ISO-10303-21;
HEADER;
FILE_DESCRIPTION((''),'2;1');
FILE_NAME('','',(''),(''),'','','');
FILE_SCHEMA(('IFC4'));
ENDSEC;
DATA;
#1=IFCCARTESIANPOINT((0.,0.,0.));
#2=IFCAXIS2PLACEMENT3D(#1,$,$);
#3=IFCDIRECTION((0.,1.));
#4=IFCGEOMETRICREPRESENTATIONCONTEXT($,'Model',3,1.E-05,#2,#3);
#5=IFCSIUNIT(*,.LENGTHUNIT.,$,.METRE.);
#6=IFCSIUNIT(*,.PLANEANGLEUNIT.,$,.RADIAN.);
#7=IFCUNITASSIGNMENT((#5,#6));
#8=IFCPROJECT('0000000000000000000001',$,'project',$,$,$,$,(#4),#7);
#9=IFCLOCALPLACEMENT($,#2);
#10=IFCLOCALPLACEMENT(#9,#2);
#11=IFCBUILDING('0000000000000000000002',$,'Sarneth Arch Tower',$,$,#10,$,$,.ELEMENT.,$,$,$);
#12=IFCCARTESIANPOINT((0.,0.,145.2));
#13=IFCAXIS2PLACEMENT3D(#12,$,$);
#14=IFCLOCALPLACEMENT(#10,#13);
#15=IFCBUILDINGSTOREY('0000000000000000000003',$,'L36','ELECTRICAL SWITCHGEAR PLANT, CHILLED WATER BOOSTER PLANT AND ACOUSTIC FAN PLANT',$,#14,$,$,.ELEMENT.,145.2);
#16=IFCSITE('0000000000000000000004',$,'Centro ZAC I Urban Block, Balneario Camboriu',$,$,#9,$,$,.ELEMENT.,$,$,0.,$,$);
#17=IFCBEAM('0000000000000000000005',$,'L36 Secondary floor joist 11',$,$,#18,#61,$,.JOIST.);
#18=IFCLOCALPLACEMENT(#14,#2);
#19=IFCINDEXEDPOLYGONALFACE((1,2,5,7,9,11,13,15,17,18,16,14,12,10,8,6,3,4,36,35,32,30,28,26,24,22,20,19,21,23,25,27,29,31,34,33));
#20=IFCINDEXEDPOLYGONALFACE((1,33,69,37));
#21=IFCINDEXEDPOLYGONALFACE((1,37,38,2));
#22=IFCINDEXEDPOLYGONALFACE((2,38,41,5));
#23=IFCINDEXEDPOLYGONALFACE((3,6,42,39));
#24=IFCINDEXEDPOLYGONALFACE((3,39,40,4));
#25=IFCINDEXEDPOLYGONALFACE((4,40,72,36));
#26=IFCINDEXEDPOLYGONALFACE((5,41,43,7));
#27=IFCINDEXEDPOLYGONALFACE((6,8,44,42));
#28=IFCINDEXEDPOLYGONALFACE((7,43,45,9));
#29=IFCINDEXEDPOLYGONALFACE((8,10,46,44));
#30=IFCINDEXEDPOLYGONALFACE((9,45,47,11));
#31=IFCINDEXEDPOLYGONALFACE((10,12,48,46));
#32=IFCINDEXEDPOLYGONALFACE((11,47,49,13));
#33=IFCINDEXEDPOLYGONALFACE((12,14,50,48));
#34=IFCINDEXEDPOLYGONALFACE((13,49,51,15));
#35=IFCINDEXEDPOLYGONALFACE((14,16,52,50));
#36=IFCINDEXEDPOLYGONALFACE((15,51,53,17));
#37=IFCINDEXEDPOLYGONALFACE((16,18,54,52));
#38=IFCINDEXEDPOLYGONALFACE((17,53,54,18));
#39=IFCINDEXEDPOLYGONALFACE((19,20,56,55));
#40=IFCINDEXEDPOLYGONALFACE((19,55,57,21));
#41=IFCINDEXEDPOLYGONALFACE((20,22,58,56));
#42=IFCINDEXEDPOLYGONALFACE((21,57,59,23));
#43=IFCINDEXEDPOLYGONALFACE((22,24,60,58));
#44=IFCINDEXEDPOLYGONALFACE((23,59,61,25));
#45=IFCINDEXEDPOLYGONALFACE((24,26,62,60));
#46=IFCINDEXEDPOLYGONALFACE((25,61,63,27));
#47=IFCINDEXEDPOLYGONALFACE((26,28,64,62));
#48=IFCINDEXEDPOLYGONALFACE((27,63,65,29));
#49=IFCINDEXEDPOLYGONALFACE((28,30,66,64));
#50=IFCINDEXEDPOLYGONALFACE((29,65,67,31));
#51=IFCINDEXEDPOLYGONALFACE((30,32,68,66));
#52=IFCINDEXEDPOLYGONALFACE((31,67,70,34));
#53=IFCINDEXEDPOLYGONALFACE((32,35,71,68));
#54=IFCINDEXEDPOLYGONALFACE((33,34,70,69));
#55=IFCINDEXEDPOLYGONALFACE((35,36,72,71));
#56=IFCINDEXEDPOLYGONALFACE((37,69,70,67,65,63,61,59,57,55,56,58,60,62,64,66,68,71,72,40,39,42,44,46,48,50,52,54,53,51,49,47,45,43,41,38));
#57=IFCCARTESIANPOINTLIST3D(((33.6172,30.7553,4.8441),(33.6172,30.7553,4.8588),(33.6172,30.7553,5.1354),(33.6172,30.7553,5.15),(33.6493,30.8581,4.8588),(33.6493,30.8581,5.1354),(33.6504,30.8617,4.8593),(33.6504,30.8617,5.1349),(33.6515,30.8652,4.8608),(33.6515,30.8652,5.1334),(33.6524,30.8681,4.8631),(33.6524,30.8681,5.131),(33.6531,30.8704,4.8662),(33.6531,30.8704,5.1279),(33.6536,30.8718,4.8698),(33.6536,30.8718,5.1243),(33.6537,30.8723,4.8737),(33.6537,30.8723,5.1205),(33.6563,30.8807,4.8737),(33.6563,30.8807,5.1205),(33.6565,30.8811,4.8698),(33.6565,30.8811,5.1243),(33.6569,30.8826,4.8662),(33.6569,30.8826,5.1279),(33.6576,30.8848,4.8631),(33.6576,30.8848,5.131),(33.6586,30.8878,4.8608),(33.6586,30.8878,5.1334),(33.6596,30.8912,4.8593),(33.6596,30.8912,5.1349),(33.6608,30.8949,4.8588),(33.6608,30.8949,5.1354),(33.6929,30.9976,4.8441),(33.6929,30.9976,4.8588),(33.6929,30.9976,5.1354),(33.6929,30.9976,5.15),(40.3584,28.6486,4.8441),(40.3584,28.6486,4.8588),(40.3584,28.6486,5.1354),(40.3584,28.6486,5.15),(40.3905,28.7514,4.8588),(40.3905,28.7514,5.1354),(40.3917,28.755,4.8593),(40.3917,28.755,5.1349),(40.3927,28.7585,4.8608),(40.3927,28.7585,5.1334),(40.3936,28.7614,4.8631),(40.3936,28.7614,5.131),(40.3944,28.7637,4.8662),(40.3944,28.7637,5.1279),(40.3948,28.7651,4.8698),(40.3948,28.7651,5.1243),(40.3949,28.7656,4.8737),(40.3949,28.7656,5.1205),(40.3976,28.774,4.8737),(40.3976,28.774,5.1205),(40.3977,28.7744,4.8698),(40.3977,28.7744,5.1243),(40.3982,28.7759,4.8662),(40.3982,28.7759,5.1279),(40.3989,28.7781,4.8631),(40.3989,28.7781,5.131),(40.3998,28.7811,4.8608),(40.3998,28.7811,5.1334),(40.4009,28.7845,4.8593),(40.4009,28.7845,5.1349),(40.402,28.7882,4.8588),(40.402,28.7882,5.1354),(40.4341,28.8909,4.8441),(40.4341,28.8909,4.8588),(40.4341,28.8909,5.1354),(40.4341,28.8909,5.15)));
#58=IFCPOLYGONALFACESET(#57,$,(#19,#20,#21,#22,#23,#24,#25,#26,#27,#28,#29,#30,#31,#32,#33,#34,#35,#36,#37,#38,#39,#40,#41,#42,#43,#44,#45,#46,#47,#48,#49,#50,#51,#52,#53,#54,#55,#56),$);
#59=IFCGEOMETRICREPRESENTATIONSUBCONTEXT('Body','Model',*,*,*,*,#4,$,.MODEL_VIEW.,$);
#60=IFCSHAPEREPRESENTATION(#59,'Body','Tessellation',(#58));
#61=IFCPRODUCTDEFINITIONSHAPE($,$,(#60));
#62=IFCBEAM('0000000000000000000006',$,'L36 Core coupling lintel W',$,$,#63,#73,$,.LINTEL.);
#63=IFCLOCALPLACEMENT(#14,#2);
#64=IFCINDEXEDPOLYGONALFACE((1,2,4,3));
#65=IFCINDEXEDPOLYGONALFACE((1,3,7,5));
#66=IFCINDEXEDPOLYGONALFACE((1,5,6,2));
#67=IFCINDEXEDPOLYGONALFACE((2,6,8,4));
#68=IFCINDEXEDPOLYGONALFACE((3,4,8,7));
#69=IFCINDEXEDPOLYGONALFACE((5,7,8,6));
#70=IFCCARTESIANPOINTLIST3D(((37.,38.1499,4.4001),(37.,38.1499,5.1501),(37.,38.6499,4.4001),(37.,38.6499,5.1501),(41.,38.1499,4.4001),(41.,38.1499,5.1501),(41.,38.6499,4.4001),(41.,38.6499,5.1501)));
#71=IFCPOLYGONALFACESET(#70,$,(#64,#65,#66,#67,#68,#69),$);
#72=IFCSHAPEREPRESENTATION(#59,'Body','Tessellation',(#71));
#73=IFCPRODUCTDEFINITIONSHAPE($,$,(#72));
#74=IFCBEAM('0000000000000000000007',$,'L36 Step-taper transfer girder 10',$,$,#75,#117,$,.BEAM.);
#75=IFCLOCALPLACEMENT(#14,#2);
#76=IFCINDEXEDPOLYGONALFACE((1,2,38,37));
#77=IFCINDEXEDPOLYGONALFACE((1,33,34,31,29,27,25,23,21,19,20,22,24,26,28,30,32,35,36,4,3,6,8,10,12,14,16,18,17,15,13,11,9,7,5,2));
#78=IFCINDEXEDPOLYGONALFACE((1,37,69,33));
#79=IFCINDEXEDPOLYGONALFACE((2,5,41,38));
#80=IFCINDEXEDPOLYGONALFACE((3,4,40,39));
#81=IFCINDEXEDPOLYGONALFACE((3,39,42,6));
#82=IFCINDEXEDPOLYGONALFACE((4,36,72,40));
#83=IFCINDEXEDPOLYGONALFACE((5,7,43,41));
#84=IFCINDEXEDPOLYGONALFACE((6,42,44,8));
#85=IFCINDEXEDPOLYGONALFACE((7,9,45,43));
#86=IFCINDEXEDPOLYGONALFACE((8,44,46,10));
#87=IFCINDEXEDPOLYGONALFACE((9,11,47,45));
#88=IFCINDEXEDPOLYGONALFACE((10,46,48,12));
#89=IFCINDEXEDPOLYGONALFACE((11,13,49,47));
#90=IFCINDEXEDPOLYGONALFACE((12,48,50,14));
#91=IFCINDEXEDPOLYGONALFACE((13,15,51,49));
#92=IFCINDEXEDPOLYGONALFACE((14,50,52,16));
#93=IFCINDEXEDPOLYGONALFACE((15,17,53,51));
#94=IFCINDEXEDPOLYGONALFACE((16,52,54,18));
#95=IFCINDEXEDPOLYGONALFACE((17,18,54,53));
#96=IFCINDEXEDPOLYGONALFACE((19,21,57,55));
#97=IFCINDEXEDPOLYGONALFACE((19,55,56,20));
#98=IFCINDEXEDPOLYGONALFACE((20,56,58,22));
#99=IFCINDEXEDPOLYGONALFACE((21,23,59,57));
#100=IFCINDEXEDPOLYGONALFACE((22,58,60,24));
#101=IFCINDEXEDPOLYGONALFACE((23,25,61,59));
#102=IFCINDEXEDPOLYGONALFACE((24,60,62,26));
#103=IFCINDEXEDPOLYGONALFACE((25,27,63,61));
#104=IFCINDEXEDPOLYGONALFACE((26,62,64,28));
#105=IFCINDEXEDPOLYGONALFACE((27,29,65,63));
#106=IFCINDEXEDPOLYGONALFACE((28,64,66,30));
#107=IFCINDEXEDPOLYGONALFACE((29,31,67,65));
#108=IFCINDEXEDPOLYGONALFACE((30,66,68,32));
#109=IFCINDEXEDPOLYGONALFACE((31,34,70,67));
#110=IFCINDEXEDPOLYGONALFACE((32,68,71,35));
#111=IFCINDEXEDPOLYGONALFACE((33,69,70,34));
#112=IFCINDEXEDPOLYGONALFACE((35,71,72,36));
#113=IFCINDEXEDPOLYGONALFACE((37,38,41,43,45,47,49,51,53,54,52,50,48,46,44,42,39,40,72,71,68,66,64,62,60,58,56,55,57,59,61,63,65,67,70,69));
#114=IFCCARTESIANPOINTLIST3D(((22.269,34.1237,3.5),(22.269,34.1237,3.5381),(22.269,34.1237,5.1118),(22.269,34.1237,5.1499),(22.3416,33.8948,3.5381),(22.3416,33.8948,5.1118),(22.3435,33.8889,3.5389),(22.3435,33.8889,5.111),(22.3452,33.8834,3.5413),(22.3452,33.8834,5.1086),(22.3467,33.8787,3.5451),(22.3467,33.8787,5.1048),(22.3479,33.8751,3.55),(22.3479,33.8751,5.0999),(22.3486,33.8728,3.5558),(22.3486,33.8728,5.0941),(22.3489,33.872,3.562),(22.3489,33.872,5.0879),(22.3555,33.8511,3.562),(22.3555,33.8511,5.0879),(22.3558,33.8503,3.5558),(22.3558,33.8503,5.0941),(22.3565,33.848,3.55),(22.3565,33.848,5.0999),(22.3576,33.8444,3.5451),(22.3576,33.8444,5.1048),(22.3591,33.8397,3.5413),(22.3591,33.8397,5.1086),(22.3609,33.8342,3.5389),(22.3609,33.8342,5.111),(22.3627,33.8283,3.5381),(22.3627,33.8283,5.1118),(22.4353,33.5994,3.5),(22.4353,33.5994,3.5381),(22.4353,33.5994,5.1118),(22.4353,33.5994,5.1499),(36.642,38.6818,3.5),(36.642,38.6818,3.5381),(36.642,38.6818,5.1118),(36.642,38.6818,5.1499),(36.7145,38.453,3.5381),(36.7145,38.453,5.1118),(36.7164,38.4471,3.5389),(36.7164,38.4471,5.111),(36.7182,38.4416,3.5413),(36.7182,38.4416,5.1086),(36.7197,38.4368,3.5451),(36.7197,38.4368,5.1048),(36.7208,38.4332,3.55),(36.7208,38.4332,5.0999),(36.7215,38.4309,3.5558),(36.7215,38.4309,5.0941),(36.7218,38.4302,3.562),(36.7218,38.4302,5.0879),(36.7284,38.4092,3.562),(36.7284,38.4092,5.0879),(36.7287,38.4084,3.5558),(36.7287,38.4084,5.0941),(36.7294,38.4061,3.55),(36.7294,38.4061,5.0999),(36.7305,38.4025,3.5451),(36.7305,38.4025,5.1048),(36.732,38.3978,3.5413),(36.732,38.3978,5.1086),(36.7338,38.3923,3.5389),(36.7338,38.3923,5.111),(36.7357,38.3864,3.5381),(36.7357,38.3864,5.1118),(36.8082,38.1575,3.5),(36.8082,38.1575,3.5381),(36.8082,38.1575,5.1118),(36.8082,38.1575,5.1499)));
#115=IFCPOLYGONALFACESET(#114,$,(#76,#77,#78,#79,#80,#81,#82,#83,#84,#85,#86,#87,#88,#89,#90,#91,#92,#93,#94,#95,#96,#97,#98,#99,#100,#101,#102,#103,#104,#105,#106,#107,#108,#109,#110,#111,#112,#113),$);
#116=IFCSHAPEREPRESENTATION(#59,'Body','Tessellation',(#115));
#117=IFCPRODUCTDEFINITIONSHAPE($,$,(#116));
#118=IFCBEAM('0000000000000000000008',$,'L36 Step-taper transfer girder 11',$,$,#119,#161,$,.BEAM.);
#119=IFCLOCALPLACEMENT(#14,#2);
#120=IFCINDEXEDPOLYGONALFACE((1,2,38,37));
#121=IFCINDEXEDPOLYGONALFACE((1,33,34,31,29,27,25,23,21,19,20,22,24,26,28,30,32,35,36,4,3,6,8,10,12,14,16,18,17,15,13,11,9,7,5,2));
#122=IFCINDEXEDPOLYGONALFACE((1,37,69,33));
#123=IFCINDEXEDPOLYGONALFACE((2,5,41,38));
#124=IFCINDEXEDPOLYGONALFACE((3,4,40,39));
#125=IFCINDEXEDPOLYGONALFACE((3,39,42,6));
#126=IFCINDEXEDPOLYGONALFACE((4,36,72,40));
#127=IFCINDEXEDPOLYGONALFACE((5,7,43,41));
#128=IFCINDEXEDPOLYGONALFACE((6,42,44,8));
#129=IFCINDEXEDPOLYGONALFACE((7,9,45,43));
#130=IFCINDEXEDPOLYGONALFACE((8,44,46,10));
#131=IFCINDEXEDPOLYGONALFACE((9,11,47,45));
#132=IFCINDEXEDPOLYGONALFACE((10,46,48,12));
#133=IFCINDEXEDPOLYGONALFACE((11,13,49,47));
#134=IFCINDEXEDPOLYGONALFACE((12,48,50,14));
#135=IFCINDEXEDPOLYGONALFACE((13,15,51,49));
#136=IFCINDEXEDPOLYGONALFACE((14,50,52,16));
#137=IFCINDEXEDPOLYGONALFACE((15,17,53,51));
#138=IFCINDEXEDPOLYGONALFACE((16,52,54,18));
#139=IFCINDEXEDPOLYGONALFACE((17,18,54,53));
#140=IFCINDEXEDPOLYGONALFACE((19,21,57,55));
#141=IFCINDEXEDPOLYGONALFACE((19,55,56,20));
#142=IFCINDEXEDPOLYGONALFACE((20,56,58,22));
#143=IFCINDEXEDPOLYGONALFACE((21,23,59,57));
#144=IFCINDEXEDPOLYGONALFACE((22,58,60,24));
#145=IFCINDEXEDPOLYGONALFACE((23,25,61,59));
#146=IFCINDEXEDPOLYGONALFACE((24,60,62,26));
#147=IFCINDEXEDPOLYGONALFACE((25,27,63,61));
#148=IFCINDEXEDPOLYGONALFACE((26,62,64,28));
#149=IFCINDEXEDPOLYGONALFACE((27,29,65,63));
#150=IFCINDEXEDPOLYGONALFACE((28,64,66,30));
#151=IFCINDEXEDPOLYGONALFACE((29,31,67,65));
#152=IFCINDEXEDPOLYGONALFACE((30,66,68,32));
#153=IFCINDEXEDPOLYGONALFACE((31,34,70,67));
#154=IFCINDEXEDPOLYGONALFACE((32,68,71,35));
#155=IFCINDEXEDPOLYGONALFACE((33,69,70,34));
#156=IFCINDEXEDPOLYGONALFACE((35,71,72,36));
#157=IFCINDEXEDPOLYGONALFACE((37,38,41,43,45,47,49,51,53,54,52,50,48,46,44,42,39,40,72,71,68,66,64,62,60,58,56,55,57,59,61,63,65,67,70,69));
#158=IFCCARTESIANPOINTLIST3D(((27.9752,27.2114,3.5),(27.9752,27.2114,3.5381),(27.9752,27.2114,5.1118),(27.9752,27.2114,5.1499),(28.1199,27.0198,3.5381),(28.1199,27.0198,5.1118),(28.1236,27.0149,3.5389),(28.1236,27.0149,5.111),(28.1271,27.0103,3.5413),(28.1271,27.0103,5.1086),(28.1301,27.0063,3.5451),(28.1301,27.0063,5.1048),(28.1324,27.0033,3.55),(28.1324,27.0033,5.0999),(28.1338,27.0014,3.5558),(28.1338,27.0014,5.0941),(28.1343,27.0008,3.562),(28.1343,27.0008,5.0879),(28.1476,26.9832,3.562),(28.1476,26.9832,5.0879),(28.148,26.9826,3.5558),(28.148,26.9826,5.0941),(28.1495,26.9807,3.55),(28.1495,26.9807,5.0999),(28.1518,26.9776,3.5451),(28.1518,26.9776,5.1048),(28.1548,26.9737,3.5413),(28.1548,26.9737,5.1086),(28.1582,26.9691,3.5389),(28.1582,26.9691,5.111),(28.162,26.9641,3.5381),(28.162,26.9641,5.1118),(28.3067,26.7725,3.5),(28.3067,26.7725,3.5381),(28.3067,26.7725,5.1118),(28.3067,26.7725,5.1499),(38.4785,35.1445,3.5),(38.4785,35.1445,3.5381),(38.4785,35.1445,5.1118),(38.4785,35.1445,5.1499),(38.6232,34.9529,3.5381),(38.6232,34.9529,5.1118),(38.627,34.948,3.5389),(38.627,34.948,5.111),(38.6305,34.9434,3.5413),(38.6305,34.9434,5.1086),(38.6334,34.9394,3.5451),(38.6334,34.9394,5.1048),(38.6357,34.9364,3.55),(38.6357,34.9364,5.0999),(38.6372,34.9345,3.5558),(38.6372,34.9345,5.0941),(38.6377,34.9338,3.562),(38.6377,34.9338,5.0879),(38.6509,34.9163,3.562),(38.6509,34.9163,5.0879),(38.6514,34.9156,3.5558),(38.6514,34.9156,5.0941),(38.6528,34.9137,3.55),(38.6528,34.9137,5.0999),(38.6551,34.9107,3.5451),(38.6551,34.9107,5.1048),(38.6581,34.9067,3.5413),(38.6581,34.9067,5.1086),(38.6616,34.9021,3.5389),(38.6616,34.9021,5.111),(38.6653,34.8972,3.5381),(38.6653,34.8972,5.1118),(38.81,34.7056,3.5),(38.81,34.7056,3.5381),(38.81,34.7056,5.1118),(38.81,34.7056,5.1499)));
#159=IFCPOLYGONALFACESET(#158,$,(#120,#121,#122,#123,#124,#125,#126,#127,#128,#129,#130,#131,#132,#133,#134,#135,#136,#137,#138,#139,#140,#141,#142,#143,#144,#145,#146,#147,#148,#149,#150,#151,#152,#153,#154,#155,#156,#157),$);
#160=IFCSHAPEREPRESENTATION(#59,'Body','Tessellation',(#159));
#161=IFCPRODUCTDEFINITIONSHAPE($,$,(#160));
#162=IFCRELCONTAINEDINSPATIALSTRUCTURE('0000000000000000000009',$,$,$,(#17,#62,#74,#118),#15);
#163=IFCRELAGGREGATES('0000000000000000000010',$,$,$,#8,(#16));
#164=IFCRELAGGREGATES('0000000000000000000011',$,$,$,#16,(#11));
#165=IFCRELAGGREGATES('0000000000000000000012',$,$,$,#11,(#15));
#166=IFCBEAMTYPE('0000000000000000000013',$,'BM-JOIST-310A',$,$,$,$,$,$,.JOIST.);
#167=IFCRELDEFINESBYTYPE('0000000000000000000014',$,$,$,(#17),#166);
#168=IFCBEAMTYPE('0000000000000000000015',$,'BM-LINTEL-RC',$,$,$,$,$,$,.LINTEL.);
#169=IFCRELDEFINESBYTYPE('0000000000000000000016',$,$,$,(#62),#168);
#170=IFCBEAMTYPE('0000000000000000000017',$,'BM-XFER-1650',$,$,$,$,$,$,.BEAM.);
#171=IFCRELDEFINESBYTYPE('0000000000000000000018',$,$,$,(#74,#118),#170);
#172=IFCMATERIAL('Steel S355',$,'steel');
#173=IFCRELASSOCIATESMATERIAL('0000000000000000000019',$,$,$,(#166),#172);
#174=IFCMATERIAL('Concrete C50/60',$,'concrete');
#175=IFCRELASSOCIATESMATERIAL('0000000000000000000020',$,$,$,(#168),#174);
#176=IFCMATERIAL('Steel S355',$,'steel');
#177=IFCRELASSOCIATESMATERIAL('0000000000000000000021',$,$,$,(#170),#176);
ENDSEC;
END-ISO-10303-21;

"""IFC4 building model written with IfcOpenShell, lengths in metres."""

from ifc_helpers import new_model, si_unit, direction, frame, origin, origin_2d, place, context, subcontext, project, spatial, rectangle, i_section, extrude, material, material_profile, profile_set, type_object, element, save


model = new_model("IFC4")

# Units and contexts
model_context = context("Model", 3, precision=1e-05, world=origin(), true_north=direction((0.0, 1.0)))
body_context = subcontext(model_context, "Body", "Model", "MODEL_VIEW")
ifc_project = project(units=[si_unit("LENGTHUNIT", "METRE"), si_unit("PLANEANGLEUNIT", "RADIAN")], contexts=[model_context])

# Site, building, storey
site_placement = place(None, origin())
site = spatial("IfcSite", under=ifc_project, at=site_placement, Name="Centro ZAC I Urban Block, Balneario Camboriu", CompositionType="ELEMENT", RefElevation=0.0)
building_placement = place(site_placement, origin())
building = spatial("IfcBuilding", under=site, at=building_placement, Name="Sarneth Arch Tower", CompositionType="ELEMENT")
storey_placement = place(building_placement, frame((0.0, 0.0, 145.2)))
storey = spatial("IfcBuildingStorey", under=building, at=storey_placement, Name="L36", Description="ELECTRICAL SWITCHGEAR PLANT, CHILLED WATER BOOSTER PLANT AND ACOUSTIC FAN PLANT", CompositionType="ELEMENT", Elevation=145.2)

# Beams
ifc_material_1 = material(Name="Steel S355", Category="steel")
ifc_material_profile_1 = material_profile(ifc_material_1, i_section(OverallWidth=0.2539, OverallDepth=0.3059, WebThickness=0.0088, FlangeThickness=0.0146, FilletRadius=0.0149, at=origin_2d()), Name="W310x79")
ifc_profile_set_1 = profile_set([ifc_material_profile_1], Name="Steel S355")
beam_type_1 = type_object("IfcBeamType", Name="BM-JOIST-310A", PredefinedType="JOIST", material=ifc_profile_set_1)
beam_1_placement = place(storey_placement, frame((33.655, 30.8765, 4.9971), z_axis=(0.954478, -0.298283, 0.0), x_axis=(0.298283, 0.954478, 0.0)))
element("IfcBeam", 1, at=beam_1_placement, inside=storey, type_object=beam_type_1, Name="L36 Secondary floor joist 11", PredefinedType="JOIST", context=body_context, shape_type="SweptSolid", body=[
    extrude(i_section(OverallWidth=0.2539, OverallDepth=0.3059, WebThickness=0.0088, FlangeThickness=0.0146, FilletRadius=0.0149, at=origin_2d()), origin(), (0.0, 0.0, 1.0), 7.0627),
])
ifc_material_2 = material(Name="Concrete C50/60", Category="concrete")
ifc_material_profile_2 = material_profile(ifc_material_2, rectangle(XDim=0.5, YDim=0.75, at=origin_2d()), Name="RC-500x750")
ifc_profile_set_2 = profile_set([ifc_material_profile_2], Name="Concrete C50/60")
beam_type_2 = type_object("IfcBeamType", Name="BM-LINTEL-RC", PredefinedType="LINTEL", material=ifc_profile_set_2)
beam_2_placement = place(storey_placement, frame((37.0, 38.3999, 4.7751), z_axis=(1.0, 0.0, 0.0), x_axis=(0.0, 1.0, 0.0)))
element("IfcBeam", 2, at=beam_2_placement, inside=storey, type_object=beam_type_2, Name="L36 Core coupling lintel W", PredefinedType="LINTEL", context=body_context, shape_type="SweptSolid", body=[
    extrude(rectangle(XDim=0.5, YDim=0.75, at=origin_2d()), origin(), (0.0, 0.0, 1.0), 4.0),
])
ifc_material_3 = material(Name="Steel S355", Category="steel")
ifc_material_profile_3 = material_profile(ifc_material_3, i_section(OverallWidth=0.55, OverallDepth=1.6499, WebThickness=0.022, FlangeThickness=0.0381, FilletRadius=0.0239, at=origin_2d()), Name="CVS1650x680")
ifc_profile_set_3 = profile_set([ifc_material_profile_3], Name="Steel S355")
beam_type_3 = type_object("IfcBeamType", Name="BM-XFER-1650", PredefinedType="BEAM", material=ifc_profile_set_3)
beam_3_placement = place(storey_placement, frame((36.7251, 38.4197, 4.325), z_axis=(-0.953214, -0.302297, 0.0), x_axis=(0.302297, -0.953214, 0.0)))
element("IfcBeam", 3, at=beam_3_placement, inside=storey, type_object=beam_type_3, Name="L36 Step-taper transfer girder 10", PredefinedType="BEAM", context=body_context, shape_type="SweptSolid", body=[
    extrude(i_section(OverallWidth=0.55, OverallDepth=1.6499, WebThickness=0.022, FlangeThickness=0.0381, FilletRadius=0.0239, at=origin_2d()), origin(), (0.0, 0.0, 1.0), 15.0784),
])
beam_4_placement = place(storey_placement, frame((38.6443, 34.925, 4.325), z_axis=(-0.79797, -0.602697, 0.0), x_axis=(0.602697, -0.79797, 0.0)))
element("IfcBeam", 4, at=beam_4_placement, inside=storey, type_object=beam_type_3, Name="L36 Step-taper transfer girder 11", PredefinedType="BEAM", context=body_context, shape_type="SweptSolid", body=[
    extrude(i_section(OverallWidth=0.55, OverallDepth=1.6499, WebThickness=0.022, FlangeThickness=0.0381, FilletRadius=0.0239, at=origin_2d()), origin(), (0.0, 0.0, 1.0), 13.1626),
])

save(model, "model.ifc")
